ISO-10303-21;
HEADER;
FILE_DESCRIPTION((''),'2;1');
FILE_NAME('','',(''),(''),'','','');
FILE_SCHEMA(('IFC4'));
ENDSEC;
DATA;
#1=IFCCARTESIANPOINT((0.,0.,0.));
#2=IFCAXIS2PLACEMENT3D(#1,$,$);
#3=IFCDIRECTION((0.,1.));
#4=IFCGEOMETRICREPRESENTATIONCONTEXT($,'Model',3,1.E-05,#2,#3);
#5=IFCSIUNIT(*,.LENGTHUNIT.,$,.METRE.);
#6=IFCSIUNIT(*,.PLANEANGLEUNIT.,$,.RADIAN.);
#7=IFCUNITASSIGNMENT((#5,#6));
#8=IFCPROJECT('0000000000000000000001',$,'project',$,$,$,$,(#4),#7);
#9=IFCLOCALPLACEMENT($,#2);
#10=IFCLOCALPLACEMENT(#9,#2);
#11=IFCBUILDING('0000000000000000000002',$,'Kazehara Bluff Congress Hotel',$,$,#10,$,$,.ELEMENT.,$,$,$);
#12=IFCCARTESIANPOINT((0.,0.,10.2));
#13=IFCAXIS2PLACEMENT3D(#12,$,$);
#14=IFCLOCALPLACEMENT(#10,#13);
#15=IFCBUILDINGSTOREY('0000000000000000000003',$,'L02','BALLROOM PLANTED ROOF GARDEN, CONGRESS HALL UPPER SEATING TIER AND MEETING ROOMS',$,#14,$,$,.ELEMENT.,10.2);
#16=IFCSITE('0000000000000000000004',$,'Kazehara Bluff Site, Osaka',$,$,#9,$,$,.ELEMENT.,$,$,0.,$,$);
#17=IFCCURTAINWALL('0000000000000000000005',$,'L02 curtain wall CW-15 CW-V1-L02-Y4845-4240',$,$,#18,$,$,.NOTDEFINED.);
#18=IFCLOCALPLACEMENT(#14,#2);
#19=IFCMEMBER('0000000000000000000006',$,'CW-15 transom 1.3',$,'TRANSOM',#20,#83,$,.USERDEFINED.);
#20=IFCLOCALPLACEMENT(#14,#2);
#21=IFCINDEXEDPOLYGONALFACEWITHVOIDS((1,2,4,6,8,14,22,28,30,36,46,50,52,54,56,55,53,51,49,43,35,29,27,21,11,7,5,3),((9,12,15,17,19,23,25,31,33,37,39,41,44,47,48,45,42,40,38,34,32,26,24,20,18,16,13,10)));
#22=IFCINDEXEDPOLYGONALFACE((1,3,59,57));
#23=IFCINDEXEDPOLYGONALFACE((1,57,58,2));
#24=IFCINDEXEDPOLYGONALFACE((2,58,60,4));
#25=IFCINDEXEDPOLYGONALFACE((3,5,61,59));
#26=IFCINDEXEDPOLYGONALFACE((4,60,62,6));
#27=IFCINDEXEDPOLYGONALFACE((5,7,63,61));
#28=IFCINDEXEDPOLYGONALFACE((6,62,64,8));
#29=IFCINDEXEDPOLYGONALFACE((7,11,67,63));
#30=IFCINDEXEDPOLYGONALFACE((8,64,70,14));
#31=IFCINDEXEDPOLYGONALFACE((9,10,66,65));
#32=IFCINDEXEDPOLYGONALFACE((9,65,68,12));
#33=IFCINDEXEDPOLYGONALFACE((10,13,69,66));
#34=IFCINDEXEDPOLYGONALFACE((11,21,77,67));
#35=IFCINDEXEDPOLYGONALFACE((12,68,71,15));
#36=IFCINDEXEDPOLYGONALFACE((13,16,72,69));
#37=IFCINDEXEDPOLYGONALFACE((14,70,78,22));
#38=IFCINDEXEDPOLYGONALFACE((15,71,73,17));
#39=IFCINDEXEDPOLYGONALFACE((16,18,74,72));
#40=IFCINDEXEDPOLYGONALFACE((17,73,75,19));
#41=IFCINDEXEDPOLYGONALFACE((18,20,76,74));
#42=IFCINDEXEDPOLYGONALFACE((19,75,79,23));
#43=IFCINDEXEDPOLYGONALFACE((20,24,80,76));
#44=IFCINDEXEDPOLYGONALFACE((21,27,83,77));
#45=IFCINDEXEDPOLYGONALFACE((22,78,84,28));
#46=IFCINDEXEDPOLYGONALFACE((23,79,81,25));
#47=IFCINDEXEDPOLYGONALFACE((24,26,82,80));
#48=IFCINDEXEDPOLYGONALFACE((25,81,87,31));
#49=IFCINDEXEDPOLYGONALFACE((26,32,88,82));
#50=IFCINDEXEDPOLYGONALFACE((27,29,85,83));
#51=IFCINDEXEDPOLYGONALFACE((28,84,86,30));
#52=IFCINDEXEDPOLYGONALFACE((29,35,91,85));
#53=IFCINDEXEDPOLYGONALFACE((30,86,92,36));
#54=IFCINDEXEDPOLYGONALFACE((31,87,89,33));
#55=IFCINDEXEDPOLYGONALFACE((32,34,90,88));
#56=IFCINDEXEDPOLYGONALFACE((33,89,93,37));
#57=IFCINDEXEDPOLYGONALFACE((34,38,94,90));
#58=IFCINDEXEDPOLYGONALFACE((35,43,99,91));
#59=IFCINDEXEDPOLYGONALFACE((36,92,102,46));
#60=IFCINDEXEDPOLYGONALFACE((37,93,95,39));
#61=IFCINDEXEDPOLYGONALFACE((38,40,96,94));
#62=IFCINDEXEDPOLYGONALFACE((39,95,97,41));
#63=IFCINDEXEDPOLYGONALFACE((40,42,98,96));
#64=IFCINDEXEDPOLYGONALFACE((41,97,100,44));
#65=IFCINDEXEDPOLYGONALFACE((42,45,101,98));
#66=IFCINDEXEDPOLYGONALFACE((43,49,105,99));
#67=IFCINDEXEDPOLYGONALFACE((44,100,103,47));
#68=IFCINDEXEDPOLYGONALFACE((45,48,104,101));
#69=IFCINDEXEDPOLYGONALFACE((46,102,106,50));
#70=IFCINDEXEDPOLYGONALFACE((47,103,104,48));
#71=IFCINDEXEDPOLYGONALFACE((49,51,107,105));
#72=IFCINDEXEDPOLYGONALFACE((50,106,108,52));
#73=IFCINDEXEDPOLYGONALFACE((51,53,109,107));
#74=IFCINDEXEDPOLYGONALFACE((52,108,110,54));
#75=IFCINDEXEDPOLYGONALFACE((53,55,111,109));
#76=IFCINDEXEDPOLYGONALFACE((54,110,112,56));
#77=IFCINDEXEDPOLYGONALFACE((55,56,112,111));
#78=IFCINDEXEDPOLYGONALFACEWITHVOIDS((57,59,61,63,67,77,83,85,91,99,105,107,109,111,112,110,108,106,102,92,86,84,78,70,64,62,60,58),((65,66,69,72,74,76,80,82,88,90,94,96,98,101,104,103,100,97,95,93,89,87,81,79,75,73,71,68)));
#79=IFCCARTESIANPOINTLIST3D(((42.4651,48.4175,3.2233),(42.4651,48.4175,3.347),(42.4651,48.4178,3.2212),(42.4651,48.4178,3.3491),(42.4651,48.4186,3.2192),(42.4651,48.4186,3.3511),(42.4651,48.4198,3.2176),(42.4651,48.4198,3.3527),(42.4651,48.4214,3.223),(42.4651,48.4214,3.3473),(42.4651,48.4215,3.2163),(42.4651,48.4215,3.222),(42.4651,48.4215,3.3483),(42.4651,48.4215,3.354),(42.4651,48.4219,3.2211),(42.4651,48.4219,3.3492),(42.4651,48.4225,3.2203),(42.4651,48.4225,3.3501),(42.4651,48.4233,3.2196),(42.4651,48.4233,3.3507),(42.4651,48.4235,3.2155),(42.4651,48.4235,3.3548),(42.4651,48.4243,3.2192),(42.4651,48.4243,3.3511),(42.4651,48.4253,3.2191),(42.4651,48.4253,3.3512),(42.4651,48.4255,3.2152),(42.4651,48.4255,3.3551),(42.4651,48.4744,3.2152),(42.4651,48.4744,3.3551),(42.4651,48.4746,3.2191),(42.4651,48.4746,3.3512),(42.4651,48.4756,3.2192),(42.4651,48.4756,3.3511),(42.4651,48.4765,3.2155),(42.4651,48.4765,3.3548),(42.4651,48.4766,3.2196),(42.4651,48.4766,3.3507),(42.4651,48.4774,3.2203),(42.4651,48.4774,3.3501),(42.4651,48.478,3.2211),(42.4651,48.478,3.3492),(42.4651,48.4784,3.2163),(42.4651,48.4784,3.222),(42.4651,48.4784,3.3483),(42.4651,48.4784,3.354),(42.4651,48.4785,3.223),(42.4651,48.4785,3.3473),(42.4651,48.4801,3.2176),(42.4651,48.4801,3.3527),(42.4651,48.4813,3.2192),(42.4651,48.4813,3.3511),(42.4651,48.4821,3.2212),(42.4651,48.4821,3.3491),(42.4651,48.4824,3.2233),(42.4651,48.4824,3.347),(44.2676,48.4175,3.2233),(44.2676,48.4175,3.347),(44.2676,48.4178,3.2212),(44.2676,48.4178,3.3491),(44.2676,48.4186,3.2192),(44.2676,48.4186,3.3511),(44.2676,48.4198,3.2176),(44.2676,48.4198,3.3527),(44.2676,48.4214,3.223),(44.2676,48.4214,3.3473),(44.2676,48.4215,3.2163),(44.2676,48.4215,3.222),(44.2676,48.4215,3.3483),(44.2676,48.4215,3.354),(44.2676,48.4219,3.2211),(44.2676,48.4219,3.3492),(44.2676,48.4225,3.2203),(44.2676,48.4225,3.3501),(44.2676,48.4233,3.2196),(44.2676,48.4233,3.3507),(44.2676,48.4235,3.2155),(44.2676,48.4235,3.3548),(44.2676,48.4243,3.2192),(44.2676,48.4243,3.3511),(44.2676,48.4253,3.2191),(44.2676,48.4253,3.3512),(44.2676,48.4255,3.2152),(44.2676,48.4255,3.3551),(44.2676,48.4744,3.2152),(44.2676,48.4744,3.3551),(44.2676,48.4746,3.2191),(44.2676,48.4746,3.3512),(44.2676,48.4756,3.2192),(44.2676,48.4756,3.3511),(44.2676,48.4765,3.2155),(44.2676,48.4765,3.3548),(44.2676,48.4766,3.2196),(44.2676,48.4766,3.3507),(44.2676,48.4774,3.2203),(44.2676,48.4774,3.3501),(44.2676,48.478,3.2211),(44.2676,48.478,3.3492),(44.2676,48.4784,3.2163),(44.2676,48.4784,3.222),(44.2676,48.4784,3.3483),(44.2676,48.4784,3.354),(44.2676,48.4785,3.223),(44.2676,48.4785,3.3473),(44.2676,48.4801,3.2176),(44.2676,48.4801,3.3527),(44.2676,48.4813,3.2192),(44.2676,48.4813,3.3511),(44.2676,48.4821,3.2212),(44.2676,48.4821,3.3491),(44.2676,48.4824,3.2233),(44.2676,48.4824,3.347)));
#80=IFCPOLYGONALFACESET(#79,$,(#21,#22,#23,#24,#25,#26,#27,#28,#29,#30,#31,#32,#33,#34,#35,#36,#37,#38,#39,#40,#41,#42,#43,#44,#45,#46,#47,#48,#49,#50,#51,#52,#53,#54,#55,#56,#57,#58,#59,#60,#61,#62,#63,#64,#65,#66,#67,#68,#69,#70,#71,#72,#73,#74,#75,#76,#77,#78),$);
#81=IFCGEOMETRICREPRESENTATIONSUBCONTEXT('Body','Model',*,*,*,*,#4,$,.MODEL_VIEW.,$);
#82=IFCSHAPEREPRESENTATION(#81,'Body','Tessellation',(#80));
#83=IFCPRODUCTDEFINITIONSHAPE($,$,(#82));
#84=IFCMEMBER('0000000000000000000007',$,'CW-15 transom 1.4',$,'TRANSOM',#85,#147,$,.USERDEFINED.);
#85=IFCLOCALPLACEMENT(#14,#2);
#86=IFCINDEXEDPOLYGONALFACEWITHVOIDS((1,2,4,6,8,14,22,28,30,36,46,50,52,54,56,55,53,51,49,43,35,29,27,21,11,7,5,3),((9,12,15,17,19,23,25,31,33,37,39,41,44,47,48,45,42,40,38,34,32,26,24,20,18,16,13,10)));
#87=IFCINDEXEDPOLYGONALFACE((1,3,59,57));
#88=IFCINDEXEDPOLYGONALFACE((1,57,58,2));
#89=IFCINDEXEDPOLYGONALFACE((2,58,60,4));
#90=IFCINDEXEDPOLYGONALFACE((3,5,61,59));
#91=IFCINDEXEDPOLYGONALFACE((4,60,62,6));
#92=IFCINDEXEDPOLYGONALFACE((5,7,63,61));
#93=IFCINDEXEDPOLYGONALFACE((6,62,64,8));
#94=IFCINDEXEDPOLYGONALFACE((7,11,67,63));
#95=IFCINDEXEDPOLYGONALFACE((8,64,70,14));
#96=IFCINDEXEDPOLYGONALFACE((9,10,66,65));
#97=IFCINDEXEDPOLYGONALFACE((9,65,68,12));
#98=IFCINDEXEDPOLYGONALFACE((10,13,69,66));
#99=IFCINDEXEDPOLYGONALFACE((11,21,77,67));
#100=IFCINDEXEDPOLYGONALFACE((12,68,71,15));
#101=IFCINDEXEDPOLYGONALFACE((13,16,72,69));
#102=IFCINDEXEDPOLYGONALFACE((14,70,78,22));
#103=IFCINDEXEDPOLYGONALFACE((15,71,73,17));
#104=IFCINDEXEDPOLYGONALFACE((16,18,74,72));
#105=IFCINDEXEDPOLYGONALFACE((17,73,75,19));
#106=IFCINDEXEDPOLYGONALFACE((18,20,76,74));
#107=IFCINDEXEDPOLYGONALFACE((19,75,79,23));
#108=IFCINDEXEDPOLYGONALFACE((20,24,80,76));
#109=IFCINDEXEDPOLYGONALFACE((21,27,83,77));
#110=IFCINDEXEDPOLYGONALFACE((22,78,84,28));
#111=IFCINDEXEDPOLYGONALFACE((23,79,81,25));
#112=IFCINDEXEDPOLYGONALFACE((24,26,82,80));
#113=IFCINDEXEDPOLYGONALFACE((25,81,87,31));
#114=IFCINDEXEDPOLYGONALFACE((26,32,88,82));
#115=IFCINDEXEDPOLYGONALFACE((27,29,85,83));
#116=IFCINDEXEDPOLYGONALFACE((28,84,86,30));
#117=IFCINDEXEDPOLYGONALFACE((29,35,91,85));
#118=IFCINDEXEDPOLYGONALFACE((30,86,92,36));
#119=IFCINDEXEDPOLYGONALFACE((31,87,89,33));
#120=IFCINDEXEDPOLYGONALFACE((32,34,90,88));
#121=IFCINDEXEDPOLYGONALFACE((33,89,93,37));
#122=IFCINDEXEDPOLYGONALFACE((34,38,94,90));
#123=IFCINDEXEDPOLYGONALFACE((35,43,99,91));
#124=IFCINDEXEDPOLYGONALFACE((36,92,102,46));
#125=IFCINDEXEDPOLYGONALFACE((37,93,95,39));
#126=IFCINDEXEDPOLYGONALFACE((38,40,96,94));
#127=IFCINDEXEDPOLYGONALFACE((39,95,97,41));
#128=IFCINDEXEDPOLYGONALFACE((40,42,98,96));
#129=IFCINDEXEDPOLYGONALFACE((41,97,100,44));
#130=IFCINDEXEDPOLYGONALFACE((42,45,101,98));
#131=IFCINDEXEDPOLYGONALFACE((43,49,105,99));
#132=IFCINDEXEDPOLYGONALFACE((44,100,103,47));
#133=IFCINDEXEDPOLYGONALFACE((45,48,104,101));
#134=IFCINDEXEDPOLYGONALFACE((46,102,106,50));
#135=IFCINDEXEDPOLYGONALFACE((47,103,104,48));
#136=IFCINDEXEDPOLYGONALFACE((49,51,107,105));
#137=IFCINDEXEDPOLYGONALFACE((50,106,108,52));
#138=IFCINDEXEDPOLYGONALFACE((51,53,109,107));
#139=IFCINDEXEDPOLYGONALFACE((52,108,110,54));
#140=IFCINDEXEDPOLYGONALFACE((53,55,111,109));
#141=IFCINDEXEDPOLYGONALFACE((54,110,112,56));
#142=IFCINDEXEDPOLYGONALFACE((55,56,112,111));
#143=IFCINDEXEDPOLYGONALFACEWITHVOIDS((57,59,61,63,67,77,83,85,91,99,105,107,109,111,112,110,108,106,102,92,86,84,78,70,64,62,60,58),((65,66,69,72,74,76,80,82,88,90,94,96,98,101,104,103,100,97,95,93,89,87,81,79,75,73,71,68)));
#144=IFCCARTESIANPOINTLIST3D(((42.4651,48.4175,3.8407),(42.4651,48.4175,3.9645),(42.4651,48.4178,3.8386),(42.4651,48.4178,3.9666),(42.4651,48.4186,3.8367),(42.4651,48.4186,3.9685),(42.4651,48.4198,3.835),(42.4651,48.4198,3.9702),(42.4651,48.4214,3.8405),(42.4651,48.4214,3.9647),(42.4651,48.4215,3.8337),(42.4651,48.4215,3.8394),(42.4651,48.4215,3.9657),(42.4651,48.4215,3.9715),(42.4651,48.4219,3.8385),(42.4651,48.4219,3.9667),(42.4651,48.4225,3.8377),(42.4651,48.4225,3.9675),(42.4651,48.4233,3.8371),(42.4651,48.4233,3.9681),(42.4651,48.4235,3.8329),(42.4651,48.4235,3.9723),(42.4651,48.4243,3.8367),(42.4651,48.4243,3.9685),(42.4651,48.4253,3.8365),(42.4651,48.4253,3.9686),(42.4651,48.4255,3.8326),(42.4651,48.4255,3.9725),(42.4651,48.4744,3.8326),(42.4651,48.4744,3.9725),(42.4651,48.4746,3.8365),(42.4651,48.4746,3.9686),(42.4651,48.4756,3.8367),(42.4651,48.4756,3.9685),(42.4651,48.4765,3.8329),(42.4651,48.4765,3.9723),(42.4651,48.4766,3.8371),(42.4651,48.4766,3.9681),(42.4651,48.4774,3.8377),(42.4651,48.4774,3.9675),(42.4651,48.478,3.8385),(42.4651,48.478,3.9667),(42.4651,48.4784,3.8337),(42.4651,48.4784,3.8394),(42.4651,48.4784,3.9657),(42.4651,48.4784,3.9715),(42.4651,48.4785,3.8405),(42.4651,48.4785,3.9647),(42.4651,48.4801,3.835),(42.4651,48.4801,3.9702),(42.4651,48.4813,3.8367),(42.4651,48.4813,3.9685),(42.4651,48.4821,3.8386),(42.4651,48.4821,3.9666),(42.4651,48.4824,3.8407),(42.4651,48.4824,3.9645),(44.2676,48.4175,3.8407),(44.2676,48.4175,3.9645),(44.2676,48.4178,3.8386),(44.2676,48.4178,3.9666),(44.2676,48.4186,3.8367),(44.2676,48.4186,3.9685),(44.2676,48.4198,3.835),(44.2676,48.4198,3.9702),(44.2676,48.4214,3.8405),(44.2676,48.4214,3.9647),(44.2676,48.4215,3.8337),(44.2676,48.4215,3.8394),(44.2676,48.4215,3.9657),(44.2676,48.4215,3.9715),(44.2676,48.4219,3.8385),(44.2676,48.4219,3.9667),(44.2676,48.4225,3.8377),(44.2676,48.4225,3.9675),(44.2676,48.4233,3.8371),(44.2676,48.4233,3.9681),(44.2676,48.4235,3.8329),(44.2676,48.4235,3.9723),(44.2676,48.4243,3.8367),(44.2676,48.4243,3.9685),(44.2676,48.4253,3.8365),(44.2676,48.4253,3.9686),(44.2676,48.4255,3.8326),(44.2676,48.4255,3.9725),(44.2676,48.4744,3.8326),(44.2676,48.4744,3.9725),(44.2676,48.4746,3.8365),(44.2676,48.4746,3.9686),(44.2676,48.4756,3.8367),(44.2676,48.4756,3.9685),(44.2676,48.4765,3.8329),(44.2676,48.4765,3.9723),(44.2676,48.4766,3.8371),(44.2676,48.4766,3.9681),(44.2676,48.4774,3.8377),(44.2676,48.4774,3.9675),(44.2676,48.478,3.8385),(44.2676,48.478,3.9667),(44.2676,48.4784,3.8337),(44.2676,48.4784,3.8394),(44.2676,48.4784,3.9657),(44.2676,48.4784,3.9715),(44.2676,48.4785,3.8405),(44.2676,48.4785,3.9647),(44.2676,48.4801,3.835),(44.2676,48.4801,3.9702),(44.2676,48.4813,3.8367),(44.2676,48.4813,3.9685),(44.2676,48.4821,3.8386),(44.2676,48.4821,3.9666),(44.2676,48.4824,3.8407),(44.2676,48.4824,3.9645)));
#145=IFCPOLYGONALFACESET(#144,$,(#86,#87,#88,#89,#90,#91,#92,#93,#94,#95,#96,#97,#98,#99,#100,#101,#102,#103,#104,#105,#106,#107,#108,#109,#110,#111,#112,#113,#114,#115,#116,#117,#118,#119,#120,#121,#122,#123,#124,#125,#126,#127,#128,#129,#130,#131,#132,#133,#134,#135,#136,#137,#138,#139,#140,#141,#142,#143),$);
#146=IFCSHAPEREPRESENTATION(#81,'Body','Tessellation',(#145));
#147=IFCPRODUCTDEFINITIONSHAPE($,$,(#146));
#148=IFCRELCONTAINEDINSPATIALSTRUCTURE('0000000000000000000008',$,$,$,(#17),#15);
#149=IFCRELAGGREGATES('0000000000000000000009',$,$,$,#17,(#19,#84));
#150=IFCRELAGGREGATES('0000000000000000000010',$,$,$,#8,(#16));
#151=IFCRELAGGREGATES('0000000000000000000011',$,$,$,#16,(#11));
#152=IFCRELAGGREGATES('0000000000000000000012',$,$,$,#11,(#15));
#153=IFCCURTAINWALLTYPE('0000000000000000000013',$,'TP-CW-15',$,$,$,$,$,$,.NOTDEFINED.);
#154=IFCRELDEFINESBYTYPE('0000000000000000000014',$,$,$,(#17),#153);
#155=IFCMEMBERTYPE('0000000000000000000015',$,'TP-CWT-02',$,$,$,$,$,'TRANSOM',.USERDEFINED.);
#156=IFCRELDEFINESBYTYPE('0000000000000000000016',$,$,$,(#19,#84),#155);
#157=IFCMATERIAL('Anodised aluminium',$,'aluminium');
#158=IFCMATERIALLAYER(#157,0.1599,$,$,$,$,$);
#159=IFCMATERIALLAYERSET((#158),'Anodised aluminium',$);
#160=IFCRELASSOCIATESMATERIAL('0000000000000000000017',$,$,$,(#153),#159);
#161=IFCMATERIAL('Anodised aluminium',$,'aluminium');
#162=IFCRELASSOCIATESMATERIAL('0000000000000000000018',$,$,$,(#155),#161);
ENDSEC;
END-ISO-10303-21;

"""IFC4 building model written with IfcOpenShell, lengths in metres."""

from ifc_helpers import new_model, si_unit, direction, frame, origin, origin_2d, place, context, subcontext, project, spatial, hollow_rectangle, extrude, material, layer, layer_set, material_profile, profile_set, type_object, element, aggregate, save


model = new_model("IFC4")

# Units and contexts
model_context = context("Model", 3, precision=1e-05, world=origin(), true_north=direction((0.0, 1.0)))
body_context = subcontext(model_context, "Body", "Model", "MODEL_VIEW")
ifc_project = project(units=[si_unit("LENGTHUNIT", "METRE"), si_unit("PLANEANGLEUNIT", "RADIAN")], contexts=[model_context])

# Site, building, storey
site_placement = place(None, origin())
site = spatial("IfcSite", under=ifc_project, at=site_placement, Name="Kazehara Bluff Site, Osaka", CompositionType="ELEMENT", RefElevation=0.0)
building_placement = place(site_placement, origin())
building = spatial("IfcBuilding", under=site, at=building_placement, Name="Kazehara Bluff Congress Hotel", CompositionType="ELEMENT")
storey_placement = place(building_placement, frame((0.0, 0.0, 10.2)))
storey = spatial("IfcBuildingStorey", under=building, at=storey_placement, Name="L02", Description="BALLROOM PLANTED ROOF GARDEN, CONGRESS HALL UPPER SEATING TIER AND MEETING ROOMS", CompositionType="ELEMENT", Elevation=10.2)

# Curtain wall
ifc_material_1 = material(Name="Anodised aluminium", Category="aluminium")
ifc_layer_1 = layer(ifc_material_1, 0.1599)
ifc_layer_set_1 = layer_set([ifc_layer_1], Name="Anodised aluminium")
curtain_wall_type_1 = type_object("IfcCurtainWallType", Name="TP-CW-15", PredefinedType="NOTDEFINED", material=ifc_layer_set_1)
curtain_wall_1_placement = place(storey_placement, origin())
curtain_wall_1 = element("IfcCurtainWall", 1, at=curtain_wall_1_placement, inside=storey, type_object=curtain_wall_type_1, Name="L02 curtain wall CW-15 CW-V1-L02-Y4845-4240", PredefinedType="NOTDEFINED")

# Members
ifc_material_2 = material(Name="Anodised aluminium", Category="aluminium")
ifc_material_profile_1 = material_profile(ifc_material_2, hollow_rectangle(XDim=0.0649, YDim=0.1399, WallThickness=0.0039, InnerFilletRadius=0.0039, OuterFilletRadius=0.0081, at=origin_2d()))
ifc_profile_set_1 = profile_set([ifc_material_profile_1], Name="Anodised aluminium")
member_type_1 = type_object("IfcMemberType", Name="TP-CWT-02", ElementType="TRANSOM", PredefinedType="USERDEFINED", material=ifc_profile_set_1)
member_1_placement = place(storey_placement, frame((42.4651, 48.45, 3.2852), z_axis=(1.0, 0.0, 0.0), x_axis=(0.0, 1.0, 0.0)))
member_1 = element("IfcMember", 2, at=member_1_placement, type_object=member_type_1, Name="CW-15 transom 1.3", ObjectType="TRANSOM", PredefinedType="USERDEFINED", context=body_context, shape_type="SweptSolid", body=[
    extrude(hollow_rectangle(XDim=0.0649, YDim=0.1399, WallThickness=0.0039, InnerFilletRadius=0.0039, OuterFilletRadius=0.0081, at=origin_2d()), origin(), (0.0, 0.0, 1.0), 1.8025),
])
member_2_placement = place(storey_placement, frame((42.4651, 48.45, 3.9026), z_axis=(1.0, 0.0, 0.0), x_axis=(0.0, 1.0, 0.0)))
member_2 = element("IfcMember", 3, at=member_2_placement, type_object=member_type_1, Name="CW-15 transom 1.4", ObjectType="TRANSOM", PredefinedType="USERDEFINED", context=body_context, shape_type="SweptSolid", body=[
    extrude(hollow_rectangle(XDim=0.0649, YDim=0.1399, WallThickness=0.0039, InnerFilletRadius=0.0039, OuterFilletRadius=0.0081, at=origin_2d()), origin(), (0.0, 0.0, 1.0), 1.8025),
])

aggregate(curtain_wall_1, [member_1, member_2])

save(model, "model.ifc")
